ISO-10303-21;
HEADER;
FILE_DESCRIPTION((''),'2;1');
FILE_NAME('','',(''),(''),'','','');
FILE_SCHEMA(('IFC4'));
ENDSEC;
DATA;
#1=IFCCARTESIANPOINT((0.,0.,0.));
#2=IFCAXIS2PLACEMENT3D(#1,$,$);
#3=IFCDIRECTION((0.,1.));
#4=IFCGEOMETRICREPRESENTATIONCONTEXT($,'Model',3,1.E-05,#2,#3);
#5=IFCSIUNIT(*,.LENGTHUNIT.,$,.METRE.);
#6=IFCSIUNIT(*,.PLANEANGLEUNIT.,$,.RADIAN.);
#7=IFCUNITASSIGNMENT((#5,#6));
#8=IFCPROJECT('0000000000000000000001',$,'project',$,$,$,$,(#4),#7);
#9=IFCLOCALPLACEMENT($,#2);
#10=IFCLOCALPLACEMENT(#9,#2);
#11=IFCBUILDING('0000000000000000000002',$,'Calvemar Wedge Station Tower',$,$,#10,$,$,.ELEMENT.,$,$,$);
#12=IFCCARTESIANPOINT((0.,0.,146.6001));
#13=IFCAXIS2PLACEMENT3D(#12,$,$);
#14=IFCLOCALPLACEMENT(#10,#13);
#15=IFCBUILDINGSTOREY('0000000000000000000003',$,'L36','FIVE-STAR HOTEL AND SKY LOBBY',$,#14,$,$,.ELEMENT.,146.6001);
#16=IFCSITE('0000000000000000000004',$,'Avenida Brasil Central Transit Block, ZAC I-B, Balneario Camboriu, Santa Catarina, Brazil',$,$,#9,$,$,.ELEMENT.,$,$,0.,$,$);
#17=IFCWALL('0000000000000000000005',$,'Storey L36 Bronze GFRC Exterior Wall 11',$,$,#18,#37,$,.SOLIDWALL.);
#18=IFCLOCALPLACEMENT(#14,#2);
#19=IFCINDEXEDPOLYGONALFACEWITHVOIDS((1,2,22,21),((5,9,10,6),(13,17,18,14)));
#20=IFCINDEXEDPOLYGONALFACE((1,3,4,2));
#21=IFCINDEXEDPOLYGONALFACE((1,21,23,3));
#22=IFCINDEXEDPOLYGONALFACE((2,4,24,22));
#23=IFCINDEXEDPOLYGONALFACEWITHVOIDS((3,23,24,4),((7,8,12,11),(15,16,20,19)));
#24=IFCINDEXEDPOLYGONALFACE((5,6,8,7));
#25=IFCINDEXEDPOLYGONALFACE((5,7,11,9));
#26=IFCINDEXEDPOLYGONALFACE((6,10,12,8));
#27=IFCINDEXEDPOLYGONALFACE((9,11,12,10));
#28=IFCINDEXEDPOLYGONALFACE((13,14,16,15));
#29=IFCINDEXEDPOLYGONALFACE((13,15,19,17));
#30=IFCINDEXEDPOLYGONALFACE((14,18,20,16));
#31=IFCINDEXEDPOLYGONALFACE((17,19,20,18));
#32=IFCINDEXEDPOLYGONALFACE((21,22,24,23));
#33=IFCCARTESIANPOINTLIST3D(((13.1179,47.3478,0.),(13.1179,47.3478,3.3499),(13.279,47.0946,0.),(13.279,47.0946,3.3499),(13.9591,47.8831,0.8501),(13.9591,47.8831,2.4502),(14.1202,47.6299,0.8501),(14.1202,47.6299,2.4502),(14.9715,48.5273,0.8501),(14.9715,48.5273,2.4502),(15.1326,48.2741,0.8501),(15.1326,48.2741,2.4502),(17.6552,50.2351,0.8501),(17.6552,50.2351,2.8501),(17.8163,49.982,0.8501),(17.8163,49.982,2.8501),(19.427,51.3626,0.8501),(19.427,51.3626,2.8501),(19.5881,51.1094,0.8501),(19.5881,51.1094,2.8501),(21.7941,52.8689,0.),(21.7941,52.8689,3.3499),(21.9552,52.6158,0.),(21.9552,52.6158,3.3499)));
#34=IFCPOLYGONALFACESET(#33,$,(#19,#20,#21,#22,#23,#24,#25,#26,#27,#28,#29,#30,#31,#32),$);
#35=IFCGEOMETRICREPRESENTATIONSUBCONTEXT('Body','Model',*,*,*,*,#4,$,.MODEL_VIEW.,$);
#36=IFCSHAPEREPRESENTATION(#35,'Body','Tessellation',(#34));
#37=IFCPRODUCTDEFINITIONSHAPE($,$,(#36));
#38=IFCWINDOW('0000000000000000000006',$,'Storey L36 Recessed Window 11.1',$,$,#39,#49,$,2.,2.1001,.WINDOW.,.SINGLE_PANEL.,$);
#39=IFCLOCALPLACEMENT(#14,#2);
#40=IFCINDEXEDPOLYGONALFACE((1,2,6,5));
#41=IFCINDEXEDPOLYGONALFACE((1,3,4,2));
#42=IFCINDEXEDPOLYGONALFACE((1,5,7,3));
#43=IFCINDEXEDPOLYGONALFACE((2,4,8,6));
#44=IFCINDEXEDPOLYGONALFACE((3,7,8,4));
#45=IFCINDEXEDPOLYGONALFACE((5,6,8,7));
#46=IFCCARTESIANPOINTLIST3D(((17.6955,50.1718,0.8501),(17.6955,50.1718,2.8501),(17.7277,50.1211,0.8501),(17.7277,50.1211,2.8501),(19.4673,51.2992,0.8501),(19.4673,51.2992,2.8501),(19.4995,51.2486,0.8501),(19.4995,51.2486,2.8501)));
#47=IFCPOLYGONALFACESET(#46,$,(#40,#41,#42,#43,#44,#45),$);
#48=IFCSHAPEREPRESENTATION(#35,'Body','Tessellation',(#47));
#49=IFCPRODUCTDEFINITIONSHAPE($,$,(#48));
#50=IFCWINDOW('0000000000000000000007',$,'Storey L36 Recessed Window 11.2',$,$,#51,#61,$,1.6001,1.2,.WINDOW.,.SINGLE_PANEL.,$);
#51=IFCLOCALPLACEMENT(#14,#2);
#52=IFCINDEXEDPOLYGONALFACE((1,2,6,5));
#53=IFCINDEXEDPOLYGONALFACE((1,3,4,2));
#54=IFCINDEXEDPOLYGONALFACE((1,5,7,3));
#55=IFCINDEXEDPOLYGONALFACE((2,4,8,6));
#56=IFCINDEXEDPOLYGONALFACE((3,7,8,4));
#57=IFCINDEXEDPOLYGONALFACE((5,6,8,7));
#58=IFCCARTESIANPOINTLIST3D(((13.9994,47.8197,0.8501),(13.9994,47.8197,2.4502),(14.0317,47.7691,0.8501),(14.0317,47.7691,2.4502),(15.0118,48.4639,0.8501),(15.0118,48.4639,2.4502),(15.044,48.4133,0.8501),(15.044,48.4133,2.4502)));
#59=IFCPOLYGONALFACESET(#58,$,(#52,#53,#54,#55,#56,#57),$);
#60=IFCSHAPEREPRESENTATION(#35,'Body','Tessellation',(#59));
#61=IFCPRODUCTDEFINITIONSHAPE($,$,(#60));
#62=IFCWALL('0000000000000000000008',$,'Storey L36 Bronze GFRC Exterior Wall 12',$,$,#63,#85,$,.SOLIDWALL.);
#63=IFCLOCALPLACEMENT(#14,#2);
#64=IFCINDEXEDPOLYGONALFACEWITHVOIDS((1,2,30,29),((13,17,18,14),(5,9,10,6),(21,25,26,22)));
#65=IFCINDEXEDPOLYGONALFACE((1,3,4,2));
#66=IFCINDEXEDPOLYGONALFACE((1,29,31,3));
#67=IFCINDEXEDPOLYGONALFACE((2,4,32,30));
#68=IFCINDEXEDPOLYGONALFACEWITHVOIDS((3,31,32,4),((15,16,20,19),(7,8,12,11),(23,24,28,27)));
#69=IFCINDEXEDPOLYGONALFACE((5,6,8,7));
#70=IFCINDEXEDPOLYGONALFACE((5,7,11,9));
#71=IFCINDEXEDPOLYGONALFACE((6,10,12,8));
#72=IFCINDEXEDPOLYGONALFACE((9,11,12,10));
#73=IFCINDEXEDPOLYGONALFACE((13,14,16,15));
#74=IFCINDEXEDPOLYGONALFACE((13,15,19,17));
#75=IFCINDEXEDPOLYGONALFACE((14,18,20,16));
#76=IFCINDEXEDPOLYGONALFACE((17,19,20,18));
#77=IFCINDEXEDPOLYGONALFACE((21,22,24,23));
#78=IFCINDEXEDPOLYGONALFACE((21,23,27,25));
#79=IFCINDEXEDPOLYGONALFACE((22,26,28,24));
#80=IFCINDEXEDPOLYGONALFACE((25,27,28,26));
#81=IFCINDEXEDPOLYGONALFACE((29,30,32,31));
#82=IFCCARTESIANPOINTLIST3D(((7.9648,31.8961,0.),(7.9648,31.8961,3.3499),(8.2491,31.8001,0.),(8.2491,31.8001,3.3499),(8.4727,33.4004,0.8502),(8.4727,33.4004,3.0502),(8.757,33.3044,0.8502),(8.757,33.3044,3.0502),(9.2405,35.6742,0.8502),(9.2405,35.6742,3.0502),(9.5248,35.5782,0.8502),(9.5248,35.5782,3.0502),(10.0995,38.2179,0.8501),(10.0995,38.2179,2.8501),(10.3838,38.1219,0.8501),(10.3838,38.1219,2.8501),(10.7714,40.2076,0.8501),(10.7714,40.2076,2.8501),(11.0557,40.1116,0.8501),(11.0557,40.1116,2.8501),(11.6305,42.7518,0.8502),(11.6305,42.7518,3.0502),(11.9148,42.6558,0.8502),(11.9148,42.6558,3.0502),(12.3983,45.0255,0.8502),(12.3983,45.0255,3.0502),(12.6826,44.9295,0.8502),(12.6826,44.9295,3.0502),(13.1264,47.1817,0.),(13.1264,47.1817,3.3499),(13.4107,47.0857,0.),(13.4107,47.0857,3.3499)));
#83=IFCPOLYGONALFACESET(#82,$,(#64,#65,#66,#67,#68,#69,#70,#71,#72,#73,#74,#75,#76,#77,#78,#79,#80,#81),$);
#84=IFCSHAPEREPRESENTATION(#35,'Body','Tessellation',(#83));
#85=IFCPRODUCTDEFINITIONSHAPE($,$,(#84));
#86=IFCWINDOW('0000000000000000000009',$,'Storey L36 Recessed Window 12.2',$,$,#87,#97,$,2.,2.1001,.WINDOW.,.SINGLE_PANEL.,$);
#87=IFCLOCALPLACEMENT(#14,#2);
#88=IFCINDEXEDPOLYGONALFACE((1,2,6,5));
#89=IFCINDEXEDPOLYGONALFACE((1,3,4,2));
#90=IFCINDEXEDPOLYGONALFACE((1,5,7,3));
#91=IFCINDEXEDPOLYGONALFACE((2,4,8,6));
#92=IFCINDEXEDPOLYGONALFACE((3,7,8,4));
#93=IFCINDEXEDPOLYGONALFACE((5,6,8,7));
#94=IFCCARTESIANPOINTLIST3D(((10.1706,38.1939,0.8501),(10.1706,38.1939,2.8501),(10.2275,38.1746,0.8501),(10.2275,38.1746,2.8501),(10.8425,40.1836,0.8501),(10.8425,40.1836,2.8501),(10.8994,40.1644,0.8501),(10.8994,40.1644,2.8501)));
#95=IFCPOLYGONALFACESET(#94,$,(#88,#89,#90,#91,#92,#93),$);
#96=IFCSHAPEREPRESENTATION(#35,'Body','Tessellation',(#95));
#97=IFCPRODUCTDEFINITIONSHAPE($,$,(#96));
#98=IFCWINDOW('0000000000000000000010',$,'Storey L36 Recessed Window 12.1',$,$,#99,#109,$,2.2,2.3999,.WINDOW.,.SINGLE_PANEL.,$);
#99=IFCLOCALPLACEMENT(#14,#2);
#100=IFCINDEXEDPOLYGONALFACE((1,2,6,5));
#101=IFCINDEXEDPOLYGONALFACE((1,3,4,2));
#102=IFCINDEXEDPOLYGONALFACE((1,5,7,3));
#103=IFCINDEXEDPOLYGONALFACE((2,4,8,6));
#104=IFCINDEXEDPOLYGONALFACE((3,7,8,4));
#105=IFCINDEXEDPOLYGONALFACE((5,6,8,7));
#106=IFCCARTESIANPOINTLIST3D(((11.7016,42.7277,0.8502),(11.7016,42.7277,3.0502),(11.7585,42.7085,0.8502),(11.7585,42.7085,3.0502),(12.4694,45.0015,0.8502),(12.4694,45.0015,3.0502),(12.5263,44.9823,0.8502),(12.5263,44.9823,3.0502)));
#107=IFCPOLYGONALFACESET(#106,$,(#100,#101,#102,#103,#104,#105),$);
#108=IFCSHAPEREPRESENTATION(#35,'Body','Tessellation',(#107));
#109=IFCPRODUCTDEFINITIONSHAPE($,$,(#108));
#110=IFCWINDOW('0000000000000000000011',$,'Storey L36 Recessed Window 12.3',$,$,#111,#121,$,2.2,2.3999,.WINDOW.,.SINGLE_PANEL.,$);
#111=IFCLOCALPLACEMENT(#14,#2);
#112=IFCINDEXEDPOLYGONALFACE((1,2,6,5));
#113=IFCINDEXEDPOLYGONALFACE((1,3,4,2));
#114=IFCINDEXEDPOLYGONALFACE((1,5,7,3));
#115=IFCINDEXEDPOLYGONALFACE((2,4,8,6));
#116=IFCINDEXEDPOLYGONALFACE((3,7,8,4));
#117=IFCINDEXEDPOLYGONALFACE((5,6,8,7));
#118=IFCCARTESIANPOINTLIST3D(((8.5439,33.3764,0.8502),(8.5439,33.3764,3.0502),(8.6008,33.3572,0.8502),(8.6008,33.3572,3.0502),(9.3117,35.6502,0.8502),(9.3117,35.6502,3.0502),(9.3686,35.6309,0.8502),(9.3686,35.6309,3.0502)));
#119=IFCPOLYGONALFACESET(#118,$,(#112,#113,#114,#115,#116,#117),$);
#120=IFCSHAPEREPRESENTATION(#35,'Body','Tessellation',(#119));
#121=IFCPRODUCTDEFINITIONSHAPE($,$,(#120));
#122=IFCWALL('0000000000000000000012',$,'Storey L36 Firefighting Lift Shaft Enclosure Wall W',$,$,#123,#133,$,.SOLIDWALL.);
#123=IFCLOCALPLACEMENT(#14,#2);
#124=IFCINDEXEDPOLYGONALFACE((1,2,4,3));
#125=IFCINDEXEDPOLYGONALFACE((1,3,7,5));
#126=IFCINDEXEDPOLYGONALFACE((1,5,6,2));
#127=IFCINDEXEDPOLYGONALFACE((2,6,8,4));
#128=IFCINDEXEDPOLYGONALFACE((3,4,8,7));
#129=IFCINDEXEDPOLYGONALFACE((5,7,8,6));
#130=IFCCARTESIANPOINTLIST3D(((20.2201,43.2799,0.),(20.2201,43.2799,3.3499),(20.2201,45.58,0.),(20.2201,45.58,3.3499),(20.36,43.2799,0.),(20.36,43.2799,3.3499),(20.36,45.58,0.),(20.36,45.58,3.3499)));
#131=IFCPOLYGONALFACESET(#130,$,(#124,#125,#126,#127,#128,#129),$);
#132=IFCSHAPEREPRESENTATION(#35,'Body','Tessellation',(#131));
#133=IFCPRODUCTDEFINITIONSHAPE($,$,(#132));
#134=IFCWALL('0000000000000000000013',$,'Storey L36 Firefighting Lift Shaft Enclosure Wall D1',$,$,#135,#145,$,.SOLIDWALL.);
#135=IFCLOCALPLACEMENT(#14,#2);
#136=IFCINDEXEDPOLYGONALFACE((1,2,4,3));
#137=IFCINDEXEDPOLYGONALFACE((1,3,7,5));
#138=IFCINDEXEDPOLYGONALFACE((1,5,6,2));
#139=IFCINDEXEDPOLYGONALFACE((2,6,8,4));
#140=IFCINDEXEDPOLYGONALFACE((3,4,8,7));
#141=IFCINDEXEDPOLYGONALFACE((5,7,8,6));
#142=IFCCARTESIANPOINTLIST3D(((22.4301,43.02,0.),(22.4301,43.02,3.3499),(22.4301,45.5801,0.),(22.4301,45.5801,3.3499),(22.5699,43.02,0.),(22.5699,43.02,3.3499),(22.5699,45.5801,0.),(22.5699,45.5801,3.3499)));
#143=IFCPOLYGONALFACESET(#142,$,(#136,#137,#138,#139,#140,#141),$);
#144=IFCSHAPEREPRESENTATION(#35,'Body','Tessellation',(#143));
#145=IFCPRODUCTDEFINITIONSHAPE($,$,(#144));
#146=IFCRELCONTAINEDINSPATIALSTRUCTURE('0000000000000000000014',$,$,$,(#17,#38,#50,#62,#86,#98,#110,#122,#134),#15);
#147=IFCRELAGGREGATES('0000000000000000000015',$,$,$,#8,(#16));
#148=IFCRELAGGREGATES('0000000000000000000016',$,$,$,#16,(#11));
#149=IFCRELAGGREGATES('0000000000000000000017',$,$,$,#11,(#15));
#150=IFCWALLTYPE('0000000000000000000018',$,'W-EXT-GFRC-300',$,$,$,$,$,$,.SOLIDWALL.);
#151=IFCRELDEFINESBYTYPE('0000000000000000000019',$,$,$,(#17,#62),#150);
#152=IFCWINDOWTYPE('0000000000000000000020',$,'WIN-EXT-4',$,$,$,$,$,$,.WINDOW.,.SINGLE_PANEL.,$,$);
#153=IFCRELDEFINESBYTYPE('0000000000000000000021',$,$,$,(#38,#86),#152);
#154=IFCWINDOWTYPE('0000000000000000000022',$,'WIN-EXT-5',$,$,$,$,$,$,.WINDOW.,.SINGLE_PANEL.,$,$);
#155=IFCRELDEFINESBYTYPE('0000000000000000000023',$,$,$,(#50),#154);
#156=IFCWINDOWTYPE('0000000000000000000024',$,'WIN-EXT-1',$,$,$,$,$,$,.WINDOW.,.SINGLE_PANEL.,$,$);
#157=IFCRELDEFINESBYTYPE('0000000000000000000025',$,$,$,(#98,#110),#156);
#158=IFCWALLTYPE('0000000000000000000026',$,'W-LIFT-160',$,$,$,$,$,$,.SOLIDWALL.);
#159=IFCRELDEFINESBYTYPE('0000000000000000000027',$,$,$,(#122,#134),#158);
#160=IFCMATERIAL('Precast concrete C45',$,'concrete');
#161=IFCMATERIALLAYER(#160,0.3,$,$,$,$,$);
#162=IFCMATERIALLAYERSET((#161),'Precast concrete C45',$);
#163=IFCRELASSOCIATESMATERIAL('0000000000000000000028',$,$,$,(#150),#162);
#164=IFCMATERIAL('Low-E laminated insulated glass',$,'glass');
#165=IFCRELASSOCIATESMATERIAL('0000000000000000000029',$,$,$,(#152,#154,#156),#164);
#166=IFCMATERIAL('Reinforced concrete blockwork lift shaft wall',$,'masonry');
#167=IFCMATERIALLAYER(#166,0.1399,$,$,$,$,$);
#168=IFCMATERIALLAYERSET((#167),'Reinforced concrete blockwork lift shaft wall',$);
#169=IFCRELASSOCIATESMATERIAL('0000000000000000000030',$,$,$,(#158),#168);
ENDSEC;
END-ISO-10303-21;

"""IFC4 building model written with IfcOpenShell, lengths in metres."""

from ifc_helpers import new_model, si_unit, direction, frame, frame_2d, origin, place, context, subcontext, project, spatial, rectangle, extrude, source, transform, mapped, material, layer, layer_set, type_object, element, fill, save


model = new_model("IFC4")

# Units and contexts
model_context = context("Model", 3, precision=1e-05, world=origin(), true_north=direction((0.0, 1.0)))
body_context = subcontext(model_context, "Body", "Model", "MODEL_VIEW")
ifc_project = project(units=[si_unit("LENGTHUNIT", "METRE"), si_unit("PLANEANGLEUNIT", "RADIAN")], contexts=[model_context])

# Site, building, storey
site_placement = place(None, origin())
site = spatial("IfcSite", under=ifc_project, at=site_placement, Name="Avenida Brasil Central Transit Block, ZAC I-B, Balneario Camboriu, Santa Catarina, Brazil", CompositionType="ELEMENT", RefElevation=0.0)
building_placement = place(site_placement, origin())
building = spatial("IfcBuilding", under=site, at=building_placement, Name="Calvemar Wedge Station Tower", CompositionType="ELEMENT")
storey_placement = place(building_placement, frame((0.0, 0.0, 146.6001)))
storey = spatial("IfcBuildingStorey", under=building, at=storey_placement, Name="L36", Description="FIVE-STAR HOTEL AND SKY LOBBY", CompositionType="ELEMENT", Elevation=146.6001)

# Shared definitions
ifc_material_1 = material(Name="Precast concrete C45", Category="concrete")

# Shared definitions
ifc_layer_1 = layer(ifc_material_1, 0.3)
ifc_layer_set_1 = layer_set([ifc_layer_1], Name="Precast concrete C45")
wall_type_1 = type_object("IfcWallType", Name="W-EXT-GFRC-300", PredefinedType="SOLIDWALL", material=ifc_layer_set_1)

# Walls, openings, windows
wall_1_placement = place(storey_placement, frame((21.8748, 52.7424, 0.0), z_axis=(0.0, 0.0, 1.0), x_axis=(-0.843662, -0.536874, 0.0)))
wall_1 = element("IfcWall", 1, at=wall_1_placement, inside=storey, type_object=wall_type_1, Name="Storey L36 Bronze GFRC Exterior Wall 11", PredefinedType="SOLIDWALL", context=body_context, shape_type="SweptSolid", body=[
    extrude(rectangle(XDim=10.2839, YDim=0.3, at=frame_2d((5.1421, 0.0))), origin(), (0.0, 0.0, 1.0), 3.3499),
])
shared_shape_1 = source(origin(), body_context, "Body", "SweptSolid", [
    extrude(rectangle(XDim=2.1001, YDim=2.0, at=frame_2d((1.05, 1.0))), frame((0.0, 0.1602, 0.0), z_axis=(0.0, -1.0, 0.0), x_axis=(1.0, 0.0, 0.0)), (0.0, 0.0, 1.0), 0.3201),
])
opening_1_placement = place(wall_1_placement, frame((2.8059, 0.0, 0.8501)))
opening_1 = element("IfcOpeningElement", 2, at=opening_1_placement, cuts=wall_1, PredefinedType="OPENING", context=body_context, shape_type="MappedRepresentation", body=[
    mapped(shared_shape_1, transform((0.0, 0.0, 0.0), scale=1.0)),
])
shared_shape_2 = source(origin(), body_context, "Body", "SweptSolid", [
    extrude(rectangle(XDim=1.2, YDim=1.6001, at=frame_2d((0.6001, 0.8))), frame((0.0, 0.1602, 0.0), z_axis=(0.0, -1.0, 0.0), x_axis=(1.0, 0.0, 0.0)), (0.0, 0.0, 1.0), 0.3201),
])
opening_2_placement = place(wall_1_placement, frame((8.0869, 0.0, 0.8501)))
opening_2 = element("IfcOpeningElement", 3, at=opening_2_placement, cuts=wall_1, PredefinedType="OPENING", context=body_context, shape_type="MappedRepresentation", body=[
    mapped(shared_shape_2, transform((0.0, 0.0, 0.0), scale=1.0)),
])
ifc_material_2 = material(Name="Low-E laminated insulated glass", Category="glass")
window_type_1 = type_object("IfcWindowType", Name="WIN-EXT-4", PartitioningType="SINGLE_PANEL", PredefinedType="WINDOW", material=ifc_material_2)
shared_shape_3 = source(origin(), body_context, "Body", "SweptSolid", [
    extrude(rectangle(XDim=2.1001, YDim=2.0, at=frame_2d((1.05, 1.0))), frame((0.0, -0.0149, 0.0), z_axis=(0.0, -1.0, 0.0), x_axis=(1.0, 0.0, 0.0)), (0.0, 0.0, 1.0), 0.0601),
])
window_1_placement = place(opening_1_placement, origin())
window_1 = element("IfcWindow", 4, at=window_1_placement, inside=storey, type_object=window_type_1, Name="Storey L36 Recessed Window 11.1", OverallHeight=2.0, OverallWidth=2.1001, PartitioningType="SINGLE_PANEL", PredefinedType="WINDOW", context=body_context, shape_type="MappedRepresentation", body=[
    mapped(shared_shape_3, transform((0.0, 0.0, 0.0), scale=1.0)),
])
fill(opening_1, window_1)
window_type_2 = type_object("IfcWindowType", Name="WIN-EXT-5", PartitioningType="SINGLE_PANEL", PredefinedType="WINDOW", material=ifc_material_2)
shared_shape_4 = source(origin(), body_context, "Body", "SweptSolid", [
    extrude(rectangle(XDim=1.2, YDim=1.6001, at=frame_2d((0.6001, 0.8))), frame((0.0, -0.0149, 0.0), z_axis=(0.0, -1.0, 0.0), x_axis=(1.0, 0.0, 0.0)), (0.0, 0.0, 1.0), 0.0601),
])
window_2_placement = place(opening_2_placement, origin())
window_2 = element("IfcWindow", 5, at=window_2_placement, inside=storey, type_object=window_type_2, Name="Storey L36 Recessed Window 11.2", OverallHeight=1.6001, OverallWidth=1.2, PartitioningType="SINGLE_PANEL", PredefinedType="WINDOW", context=body_context, shape_type="MappedRepresentation", body=[
    mapped(shared_shape_4, transform((0.0, 0.0, 0.0), scale=1.0)),
])
fill(opening_2, window_2)
wall_2_placement = place(storey_placement, frame((13.2686, 47.1338, 0.0), z_axis=(0.0, 0.0, 1.0), x_axis=(-0.31993, -0.947441, 0.0)))
wall_2 = element("IfcWall", 6, at=wall_2_placement, inside=storey, type_object=wall_type_1, Name="Storey L36 Bronze GFRC Exterior Wall 12", PredefinedType="SOLIDWALL", context=body_context, shape_type="SweptSolid", body=[
    extrude(rectangle(XDim=16.1335, YDim=0.3, at=frame_2d((8.0669, 0.0))), origin(), (0.0, 0.0, 1.0), 3.3499),
])
shared_shape_5 = source(origin(), body_context, "Body", "SweptSolid", [
    extrude(rectangle(XDim=2.3999, YDim=2.2, at=frame_2d((1.2, 1.1001))), frame((0.0, 0.1602, 0.0), z_axis=(0.0, -1.0, 0.0), x_axis=(1.0, 0.0, 0.0)), (0.0, 0.0, 1.0), 0.3201),
])
opening_3_placement = place(wall_2_placement, frame((2.2759, 0.0, 0.8501)))
opening_3 = element("IfcOpeningElement", 7, at=opening_3_placement, cuts=wall_2, PredefinedType="OPENING", context=body_context, shape_type="MappedRepresentation", body=[
    mapped(shared_shape_5, transform((0.0, 0.0, 0.0), scale=1.0)),
])
opening_4_placement = place(wall_2_placement, frame((7.3611, 0.0, 0.8501)))
opening_4 = element("IfcOpeningElement", 8, at=opening_4_placement, cuts=wall_2, PredefinedType="OPENING", context=body_context, shape_type="MappedRepresentation", body=[
    mapped(shared_shape_1, transform((0.0, 0.0, 0.0), scale=1.0)),
])
opening_5_placement = place(wall_2_placement, frame((12.146, 0.0, 0.8501)))
opening_5 = element("IfcOpeningElement", 9, at=opening_5_placement, cuts=wall_2, PredefinedType="OPENING", context=body_context, shape_type="MappedRepresentation", body=[
    mapped(shared_shape_5, transform((0.0, 0.0, 0.0), scale=1.0)),
])
window_3_placement = place(opening_4_placement, origin())
window_3 = element("IfcWindow", 10, at=window_3_placement, inside=storey, type_object=window_type_1, Name="Storey L36 Recessed Window 12.2", OverallHeight=2.0, OverallWidth=2.1001, PartitioningType="SINGLE_PANEL", PredefinedType="WINDOW", context=body_context, shape_type="MappedRepresentation", body=[
    mapped(shared_shape_3, transform((0.0, 0.0, 0.0), scale=1.0)),
])
fill(opening_4, window_3)
window_type_3 = type_object("IfcWindowType", Name="WIN-EXT-1", PartitioningType="SINGLE_PANEL", PredefinedType="WINDOW", material=ifc_material_2)
shared_shape_6 = source(origin(), body_context, "Body", "SweptSolid", [
    extrude(rectangle(XDim=2.3999, YDim=2.2, at=frame_2d((1.2, 1.1001))), frame((0.0, -0.0149, 0.0), z_axis=(0.0, -1.0, 0.0), x_axis=(1.0, 0.0, 0.0)), (0.0, 0.0, 1.0), 0.0601),
])
window_4_placement = place(opening_3_placement, origin())
window_4 = element("IfcWindow", 11, at=window_4_placement, inside=storey, type_object=window_type_3, Name="Storey L36 Recessed Window 12.1", OverallHeight=2.2, OverallWidth=2.3999, PartitioningType="SINGLE_PANEL", PredefinedType="WINDOW", context=body_context, shape_type="MappedRepresentation", body=[
    mapped(shared_shape_6, transform((0.0, 0.0, 0.0), scale=1.0)),
])
fill(opening_3, window_4)
window_5_placement = place(opening_5_placement, origin())
window_5 = element("IfcWindow", 12, at=window_5_placement, inside=storey, type_object=window_type_3, Name="Storey L36 Recessed Window 12.3", OverallHeight=2.2, OverallWidth=2.3999, PartitioningType="SINGLE_PANEL", PredefinedType="WINDOW", context=body_context, shape_type="MappedRepresentation", body=[
    mapped(shared_shape_6, transform((0.0, 0.0, 0.0), scale=1.0)),
])
fill(opening_5, window_5)

# Shared definitions
ifc_material_3 = material(Name="Reinforced concrete blockwork lift shaft wall", Category="masonry")
ifc_layer_2 = layer(ifc_material_3, 0.1399)
ifc_layer_set_2 = layer_set([ifc_layer_2], Name="Reinforced concrete blockwork lift shaft wall")
wall_type_2 = type_object("IfcWallType", Name="W-LIFT-160", PredefinedType="SOLIDWALL", material=ifc_layer_set_2)

# Walls
wall_3_placement = place(storey_placement, frame((20.29, 43.28, 0.0), z_axis=(0.0, 0.0, 1.0), x_axis=(0.0, 1.0, 0.0)))
element("IfcWall", 13, at=wall_3_placement, inside=storey, type_object=wall_type_2, Name="Storey L36 Firefighting Lift Shaft Enclosure Wall W", PredefinedType="SOLIDWALL", context=body_context, shape_type="SweptSolid", body=[
    extrude(rectangle(XDim=2.3, YDim=0.1399, at=frame_2d((1.1499, 0.0))), origin(), (0.0, 0.0, 1.0), 3.3499),
])
wall_4_placement = place(storey_placement, frame((22.5, 43.02, 0.0), z_axis=(0.0, 0.0, 1.0), x_axis=(0.0, 1.0, 0.0)))
element("IfcWall", 14, at=wall_4_placement, inside=storey, type_object=wall_type_2, Name="Storey L36 Firefighting Lift Shaft Enclosure Wall D1", PredefinedType="SOLIDWALL", context=body_context, shape_type="SweptSolid", body=[
    extrude(rectangle(XDim=2.5601, YDim=0.1399, at=frame_2d((1.28, 0.0))), origin(), (0.0, 0.0, 1.0), 3.3499),
])

save(model, "model.ifc")
